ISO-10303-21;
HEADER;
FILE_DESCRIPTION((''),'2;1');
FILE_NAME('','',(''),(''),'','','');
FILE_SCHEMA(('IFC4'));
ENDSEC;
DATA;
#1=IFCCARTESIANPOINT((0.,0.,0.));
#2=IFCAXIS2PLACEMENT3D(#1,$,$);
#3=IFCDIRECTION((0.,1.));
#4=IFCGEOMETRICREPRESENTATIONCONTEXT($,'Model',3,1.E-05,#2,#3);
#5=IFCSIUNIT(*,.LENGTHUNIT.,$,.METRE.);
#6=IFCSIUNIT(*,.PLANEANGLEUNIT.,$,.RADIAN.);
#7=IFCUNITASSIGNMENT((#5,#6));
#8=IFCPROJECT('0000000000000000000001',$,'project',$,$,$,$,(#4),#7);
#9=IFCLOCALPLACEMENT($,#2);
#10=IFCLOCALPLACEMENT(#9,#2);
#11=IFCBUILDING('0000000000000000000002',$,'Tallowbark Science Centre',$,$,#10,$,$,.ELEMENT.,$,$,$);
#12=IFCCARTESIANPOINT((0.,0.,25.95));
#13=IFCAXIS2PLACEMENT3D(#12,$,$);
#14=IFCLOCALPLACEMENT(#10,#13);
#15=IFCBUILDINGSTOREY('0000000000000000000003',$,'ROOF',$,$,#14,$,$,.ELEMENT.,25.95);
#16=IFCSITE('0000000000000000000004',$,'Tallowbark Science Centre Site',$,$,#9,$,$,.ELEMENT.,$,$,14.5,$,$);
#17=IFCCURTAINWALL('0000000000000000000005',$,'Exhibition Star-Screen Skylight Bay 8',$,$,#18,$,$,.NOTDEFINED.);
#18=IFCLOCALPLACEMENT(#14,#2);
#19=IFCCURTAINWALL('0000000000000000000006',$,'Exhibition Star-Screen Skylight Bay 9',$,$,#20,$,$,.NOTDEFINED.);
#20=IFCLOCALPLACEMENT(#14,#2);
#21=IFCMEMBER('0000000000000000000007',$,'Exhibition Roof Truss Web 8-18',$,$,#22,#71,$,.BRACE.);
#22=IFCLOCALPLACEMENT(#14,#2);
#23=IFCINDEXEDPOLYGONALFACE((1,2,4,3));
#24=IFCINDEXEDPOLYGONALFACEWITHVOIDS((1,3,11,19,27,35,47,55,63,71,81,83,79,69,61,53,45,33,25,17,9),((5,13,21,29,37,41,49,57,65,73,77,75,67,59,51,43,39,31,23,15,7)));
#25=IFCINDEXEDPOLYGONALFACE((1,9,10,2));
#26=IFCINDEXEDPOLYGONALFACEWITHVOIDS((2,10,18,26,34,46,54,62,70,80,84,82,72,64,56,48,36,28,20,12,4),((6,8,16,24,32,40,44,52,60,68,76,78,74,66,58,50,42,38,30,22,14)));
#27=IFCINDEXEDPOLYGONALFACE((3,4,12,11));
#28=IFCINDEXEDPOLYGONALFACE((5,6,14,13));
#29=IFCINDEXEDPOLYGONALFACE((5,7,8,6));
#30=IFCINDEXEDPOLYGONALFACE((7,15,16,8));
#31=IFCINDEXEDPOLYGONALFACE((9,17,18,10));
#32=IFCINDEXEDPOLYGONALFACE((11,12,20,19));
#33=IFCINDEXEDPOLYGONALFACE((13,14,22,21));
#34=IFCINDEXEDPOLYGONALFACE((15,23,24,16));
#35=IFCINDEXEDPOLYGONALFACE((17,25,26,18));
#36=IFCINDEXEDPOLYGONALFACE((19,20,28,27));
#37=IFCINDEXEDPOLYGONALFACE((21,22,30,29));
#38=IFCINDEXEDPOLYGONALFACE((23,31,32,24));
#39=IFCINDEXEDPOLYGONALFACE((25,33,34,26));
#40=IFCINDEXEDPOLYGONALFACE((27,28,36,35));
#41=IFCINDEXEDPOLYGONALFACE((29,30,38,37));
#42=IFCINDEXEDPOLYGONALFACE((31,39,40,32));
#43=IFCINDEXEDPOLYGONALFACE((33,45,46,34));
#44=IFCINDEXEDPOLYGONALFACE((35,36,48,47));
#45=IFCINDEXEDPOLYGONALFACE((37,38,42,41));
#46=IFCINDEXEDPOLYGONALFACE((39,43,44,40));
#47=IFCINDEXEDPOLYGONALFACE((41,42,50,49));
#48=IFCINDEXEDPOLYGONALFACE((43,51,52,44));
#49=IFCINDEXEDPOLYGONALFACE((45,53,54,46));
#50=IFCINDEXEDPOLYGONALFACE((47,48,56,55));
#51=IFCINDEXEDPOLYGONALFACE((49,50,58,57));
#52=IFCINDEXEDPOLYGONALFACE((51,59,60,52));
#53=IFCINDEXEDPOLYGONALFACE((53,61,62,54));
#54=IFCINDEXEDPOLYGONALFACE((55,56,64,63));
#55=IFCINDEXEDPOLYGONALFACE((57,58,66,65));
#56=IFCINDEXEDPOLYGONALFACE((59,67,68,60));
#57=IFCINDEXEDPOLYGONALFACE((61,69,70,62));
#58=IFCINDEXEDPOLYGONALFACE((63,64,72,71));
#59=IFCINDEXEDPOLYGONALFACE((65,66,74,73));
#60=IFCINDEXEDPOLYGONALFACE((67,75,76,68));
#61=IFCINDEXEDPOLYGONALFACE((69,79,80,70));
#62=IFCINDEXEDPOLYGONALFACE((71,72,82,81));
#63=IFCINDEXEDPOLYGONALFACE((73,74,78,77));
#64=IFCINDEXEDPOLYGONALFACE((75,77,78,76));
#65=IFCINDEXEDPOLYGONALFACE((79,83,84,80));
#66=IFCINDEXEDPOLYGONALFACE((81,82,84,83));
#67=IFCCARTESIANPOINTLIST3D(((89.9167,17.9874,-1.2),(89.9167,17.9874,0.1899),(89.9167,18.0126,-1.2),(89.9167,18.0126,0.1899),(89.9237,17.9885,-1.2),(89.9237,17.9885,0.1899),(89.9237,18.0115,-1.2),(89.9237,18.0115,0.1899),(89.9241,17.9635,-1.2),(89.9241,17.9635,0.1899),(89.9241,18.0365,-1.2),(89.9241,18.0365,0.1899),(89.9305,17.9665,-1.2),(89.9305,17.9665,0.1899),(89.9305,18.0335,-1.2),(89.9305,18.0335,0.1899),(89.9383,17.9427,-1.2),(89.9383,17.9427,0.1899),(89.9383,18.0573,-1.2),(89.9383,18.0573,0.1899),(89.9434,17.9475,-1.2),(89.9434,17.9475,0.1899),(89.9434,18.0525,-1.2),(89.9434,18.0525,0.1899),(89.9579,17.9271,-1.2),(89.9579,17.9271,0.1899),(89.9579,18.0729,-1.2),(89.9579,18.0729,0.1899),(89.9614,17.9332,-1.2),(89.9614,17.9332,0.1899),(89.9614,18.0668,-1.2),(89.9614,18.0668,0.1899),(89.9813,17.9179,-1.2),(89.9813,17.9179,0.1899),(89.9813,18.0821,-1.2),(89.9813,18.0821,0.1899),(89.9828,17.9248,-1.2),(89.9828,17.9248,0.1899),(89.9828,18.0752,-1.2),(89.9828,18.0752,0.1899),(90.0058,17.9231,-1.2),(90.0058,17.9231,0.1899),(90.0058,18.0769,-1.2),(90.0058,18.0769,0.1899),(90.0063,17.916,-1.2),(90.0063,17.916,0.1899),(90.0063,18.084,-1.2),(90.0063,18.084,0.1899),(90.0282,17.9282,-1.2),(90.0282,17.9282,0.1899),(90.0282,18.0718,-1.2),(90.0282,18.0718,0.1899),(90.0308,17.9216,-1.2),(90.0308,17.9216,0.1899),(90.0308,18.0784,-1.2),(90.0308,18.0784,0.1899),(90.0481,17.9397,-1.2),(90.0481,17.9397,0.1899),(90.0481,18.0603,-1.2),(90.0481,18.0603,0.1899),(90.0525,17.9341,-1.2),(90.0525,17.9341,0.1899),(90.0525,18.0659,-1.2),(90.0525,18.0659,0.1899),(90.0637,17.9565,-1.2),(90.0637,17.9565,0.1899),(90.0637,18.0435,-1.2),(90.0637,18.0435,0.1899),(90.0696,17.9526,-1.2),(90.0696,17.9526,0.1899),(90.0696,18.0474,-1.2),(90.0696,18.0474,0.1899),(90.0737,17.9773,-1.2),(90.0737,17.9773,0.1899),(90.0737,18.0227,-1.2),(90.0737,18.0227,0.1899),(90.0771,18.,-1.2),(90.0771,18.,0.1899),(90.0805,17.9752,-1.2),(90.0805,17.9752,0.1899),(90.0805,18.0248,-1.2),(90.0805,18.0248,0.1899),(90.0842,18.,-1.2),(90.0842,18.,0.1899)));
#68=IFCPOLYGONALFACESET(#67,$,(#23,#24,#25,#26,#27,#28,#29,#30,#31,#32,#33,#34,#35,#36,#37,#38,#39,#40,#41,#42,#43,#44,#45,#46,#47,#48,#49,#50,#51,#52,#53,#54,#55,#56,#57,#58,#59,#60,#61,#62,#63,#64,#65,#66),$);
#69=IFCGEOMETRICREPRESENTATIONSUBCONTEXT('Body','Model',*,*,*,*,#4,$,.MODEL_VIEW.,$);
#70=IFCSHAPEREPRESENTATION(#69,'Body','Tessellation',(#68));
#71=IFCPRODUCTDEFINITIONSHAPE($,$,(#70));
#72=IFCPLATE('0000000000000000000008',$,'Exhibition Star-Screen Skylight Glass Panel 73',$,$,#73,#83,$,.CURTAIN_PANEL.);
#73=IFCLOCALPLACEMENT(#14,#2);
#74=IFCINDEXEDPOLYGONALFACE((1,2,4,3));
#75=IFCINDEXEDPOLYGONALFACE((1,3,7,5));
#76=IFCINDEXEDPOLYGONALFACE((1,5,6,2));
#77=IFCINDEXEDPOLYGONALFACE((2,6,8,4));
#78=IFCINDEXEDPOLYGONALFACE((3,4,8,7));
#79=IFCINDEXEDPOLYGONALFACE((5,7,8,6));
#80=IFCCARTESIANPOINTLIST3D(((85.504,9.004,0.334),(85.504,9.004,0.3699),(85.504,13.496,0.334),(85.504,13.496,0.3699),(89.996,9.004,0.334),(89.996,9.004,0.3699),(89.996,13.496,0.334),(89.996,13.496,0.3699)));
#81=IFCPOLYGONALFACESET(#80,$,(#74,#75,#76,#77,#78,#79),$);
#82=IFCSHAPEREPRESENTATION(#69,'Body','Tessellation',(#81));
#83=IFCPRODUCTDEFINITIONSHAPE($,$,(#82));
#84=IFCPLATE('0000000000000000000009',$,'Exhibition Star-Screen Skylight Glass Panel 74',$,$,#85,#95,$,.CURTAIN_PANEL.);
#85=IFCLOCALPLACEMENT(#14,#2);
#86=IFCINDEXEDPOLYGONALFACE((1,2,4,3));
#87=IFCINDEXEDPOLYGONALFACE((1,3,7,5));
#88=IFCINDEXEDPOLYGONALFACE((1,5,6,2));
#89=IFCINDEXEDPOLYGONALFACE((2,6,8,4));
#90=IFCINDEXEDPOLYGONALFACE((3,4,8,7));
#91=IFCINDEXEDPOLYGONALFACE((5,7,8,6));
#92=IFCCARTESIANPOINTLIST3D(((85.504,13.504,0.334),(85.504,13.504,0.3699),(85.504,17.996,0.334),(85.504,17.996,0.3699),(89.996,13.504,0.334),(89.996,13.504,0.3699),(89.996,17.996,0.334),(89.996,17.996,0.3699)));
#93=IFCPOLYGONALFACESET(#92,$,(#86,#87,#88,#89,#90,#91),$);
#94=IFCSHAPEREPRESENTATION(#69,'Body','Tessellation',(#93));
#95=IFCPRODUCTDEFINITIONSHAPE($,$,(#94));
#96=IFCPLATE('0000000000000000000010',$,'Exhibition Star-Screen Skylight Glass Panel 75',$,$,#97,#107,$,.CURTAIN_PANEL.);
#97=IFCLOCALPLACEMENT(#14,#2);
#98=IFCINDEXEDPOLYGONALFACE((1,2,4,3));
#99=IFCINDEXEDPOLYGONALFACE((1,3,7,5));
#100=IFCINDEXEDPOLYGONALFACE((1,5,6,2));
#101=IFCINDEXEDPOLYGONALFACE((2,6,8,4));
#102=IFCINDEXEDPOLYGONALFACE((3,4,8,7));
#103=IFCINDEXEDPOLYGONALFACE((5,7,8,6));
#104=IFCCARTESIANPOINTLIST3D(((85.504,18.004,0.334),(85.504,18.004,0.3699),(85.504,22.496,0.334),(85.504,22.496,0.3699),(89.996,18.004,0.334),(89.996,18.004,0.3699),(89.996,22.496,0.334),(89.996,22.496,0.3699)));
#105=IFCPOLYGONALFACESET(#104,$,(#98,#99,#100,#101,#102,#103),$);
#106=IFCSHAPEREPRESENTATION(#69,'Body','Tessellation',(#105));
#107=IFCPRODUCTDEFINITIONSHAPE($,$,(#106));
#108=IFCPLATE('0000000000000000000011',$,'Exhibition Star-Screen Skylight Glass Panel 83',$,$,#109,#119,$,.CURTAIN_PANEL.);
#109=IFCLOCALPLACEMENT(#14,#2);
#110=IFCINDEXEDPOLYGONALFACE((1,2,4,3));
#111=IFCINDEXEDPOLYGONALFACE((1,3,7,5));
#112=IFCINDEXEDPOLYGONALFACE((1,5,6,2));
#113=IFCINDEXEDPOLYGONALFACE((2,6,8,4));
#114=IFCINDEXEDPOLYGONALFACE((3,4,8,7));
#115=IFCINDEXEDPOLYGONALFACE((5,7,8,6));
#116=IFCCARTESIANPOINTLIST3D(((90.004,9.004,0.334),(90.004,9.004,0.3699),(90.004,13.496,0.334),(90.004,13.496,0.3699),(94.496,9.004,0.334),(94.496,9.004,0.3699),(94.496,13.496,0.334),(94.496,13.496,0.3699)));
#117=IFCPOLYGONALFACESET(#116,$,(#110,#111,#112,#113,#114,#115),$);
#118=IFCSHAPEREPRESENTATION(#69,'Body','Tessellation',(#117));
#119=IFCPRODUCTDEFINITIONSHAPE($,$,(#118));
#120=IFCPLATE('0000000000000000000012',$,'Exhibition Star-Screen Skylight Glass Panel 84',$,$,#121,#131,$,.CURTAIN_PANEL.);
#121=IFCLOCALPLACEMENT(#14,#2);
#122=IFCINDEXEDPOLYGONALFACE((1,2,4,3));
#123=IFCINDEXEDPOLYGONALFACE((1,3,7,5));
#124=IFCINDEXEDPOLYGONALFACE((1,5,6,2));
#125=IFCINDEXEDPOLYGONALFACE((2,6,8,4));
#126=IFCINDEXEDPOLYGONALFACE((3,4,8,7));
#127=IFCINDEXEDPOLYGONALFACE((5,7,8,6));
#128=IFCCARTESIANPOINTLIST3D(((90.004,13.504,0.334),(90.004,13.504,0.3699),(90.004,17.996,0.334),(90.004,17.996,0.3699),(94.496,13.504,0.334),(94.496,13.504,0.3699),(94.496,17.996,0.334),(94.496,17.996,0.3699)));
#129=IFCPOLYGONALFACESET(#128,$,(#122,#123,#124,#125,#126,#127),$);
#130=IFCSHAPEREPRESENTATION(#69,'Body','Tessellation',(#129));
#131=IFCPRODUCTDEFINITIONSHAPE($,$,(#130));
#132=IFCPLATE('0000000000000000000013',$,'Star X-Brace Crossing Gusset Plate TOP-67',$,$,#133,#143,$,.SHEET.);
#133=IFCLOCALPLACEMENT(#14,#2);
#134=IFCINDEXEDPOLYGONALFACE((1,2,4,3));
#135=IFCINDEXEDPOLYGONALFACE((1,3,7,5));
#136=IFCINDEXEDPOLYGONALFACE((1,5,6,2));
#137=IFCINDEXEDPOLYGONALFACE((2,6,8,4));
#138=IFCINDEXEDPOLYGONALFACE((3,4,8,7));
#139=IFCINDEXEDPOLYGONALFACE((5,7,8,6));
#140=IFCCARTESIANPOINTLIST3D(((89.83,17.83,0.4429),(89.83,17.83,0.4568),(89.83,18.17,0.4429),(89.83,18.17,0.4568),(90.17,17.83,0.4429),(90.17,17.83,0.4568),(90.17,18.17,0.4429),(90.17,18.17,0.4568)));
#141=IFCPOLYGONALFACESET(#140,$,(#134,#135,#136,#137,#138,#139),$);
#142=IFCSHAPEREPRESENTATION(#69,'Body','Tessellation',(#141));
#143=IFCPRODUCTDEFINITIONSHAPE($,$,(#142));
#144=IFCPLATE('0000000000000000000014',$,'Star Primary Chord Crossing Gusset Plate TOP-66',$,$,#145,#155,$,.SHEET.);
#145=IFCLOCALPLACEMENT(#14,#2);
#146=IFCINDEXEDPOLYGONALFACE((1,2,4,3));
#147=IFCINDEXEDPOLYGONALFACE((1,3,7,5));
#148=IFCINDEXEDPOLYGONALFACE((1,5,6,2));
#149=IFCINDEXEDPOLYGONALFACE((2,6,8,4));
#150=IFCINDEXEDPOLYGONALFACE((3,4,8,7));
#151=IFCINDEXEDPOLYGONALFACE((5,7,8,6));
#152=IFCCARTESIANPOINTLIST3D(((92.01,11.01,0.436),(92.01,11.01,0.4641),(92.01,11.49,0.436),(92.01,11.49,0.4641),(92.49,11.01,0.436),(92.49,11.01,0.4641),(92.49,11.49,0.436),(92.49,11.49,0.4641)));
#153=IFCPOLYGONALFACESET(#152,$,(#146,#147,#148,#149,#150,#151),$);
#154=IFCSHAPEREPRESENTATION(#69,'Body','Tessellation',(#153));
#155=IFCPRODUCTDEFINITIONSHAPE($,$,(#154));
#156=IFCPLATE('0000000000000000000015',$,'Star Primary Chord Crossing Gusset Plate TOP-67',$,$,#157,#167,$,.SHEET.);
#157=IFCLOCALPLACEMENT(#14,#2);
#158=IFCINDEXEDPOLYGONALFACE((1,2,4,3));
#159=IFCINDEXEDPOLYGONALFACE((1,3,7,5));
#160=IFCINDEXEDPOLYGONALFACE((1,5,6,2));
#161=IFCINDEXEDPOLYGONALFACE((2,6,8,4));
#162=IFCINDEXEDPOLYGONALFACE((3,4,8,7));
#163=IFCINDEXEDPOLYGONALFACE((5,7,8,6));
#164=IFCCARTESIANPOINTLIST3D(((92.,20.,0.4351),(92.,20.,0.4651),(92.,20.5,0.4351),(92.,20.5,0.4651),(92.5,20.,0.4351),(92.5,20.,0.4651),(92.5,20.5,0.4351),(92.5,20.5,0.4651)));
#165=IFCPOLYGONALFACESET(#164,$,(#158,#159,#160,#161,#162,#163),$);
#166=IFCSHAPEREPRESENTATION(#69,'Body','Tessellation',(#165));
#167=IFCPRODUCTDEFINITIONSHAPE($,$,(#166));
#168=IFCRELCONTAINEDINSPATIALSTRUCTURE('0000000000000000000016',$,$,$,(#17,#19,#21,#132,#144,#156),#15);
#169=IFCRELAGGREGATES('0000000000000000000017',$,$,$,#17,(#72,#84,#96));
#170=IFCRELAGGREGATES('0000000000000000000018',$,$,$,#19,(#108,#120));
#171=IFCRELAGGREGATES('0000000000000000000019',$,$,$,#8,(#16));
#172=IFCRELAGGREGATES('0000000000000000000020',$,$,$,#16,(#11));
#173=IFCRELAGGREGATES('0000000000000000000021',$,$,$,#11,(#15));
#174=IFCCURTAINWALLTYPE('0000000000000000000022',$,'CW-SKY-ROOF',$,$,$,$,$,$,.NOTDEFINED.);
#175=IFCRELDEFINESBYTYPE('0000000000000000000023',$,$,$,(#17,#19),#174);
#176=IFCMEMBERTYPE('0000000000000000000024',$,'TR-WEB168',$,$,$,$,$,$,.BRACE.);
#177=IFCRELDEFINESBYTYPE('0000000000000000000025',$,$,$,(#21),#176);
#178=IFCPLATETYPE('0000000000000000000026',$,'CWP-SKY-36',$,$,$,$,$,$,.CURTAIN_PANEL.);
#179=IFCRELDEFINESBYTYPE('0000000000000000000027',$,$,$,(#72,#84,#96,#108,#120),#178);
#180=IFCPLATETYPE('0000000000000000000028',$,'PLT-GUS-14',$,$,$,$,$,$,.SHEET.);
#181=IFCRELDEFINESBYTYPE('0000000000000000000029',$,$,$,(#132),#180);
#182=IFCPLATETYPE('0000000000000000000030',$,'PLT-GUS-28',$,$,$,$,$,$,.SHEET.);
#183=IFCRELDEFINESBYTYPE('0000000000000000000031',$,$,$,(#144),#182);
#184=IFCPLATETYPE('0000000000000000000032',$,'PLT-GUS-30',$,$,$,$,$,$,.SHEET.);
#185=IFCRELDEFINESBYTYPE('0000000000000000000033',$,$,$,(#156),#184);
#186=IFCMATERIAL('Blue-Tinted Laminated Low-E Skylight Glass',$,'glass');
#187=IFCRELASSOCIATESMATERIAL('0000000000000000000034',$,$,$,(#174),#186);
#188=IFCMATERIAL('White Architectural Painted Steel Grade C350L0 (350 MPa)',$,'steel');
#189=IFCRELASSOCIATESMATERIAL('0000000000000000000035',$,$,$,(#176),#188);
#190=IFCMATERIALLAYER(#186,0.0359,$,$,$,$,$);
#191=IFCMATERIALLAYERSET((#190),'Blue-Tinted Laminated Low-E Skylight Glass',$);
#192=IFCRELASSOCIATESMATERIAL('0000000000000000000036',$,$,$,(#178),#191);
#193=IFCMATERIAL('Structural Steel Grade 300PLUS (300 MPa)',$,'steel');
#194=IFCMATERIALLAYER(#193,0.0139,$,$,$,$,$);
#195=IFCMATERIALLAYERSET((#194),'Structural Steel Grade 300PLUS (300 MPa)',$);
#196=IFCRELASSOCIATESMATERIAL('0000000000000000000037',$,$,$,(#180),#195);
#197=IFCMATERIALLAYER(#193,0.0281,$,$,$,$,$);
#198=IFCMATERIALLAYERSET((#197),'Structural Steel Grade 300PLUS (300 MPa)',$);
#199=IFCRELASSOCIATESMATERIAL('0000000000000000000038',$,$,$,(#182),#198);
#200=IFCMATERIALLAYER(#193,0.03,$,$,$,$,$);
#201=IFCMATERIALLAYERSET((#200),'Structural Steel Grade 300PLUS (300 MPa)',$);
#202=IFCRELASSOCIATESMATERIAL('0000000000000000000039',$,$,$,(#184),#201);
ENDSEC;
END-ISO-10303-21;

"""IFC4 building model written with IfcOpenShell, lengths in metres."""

from ifc_helpers import new_model, si_unit, direction, frame, origin, origin_2d, place, context, subcontext, project, spatial, rectangle, hollow_circle, extrude, material, layer, layer_set, material_profile, profile_set, type_object, element, aggregate, save


model = new_model("IFC4")

# Units and contexts
model_context = context("Model", 3, precision=1e-05, world=origin(), true_north=direction((0.0, 1.0)))
body_context = subcontext(model_context, "Body", "Model", "MODEL_VIEW")
ifc_project = project(units=[si_unit("LENGTHUNIT", "METRE"), si_unit("PLANEANGLEUNIT", "RADIAN")], contexts=[model_context])

# Site, building, storey
site_placement = place(None, origin())
site = spatial("IfcSite", under=ifc_project, at=site_placement, Name="Tallowbark Science Centre Site", CompositionType="ELEMENT", RefElevation=14.5)
building_placement = place(site_placement, origin())
building = spatial("IfcBuilding", under=site, at=building_placement, Name="Tallowbark Science Centre", CompositionType="ELEMENT")
storey_placement = place(building_placement, frame((0.0, 0.0, 25.95)))
storey = spatial("IfcBuildingStorey", under=building, at=storey_placement, Name="ROOF", CompositionType="ELEMENT", Elevation=25.95)

# Curtain walls
ifc_material_1 = material(Name="Blue-Tinted Laminated Low-E Skylight Glass", Category="glass")
curtain_wall_type = type_object("IfcCurtainWallType", Name="CW-SKY-ROOF", PredefinedType="NOTDEFINED", material=ifc_material_1)
curtain_wall_1_placement = place(storey_placement, origin())
curtain_wall_1 = element("IfcCurtainWall", 1, at=curtain_wall_1_placement, inside=storey, type_object=curtain_wall_type, Name="Exhibition Star-Screen Skylight Bay 8", PredefinedType="NOTDEFINED")
curtain_wall_2_placement = place(storey_placement, origin())
curtain_wall_2 = element("IfcCurtainWall", 2, at=curtain_wall_2_placement, inside=storey, type_object=curtain_wall_type, Name="Exhibition Star-Screen Skylight Bay 9", PredefinedType="NOTDEFINED")

# Member
ifc_material_2 = material(Name="White Architectural Painted Steel Grade C350L0 (350 MPa)", Category="steel")
ifc_material_profile_1 = material_profile(ifc_material_2, hollow_circle(Radius=0.0842, WallThickness=0.0071, at=origin_2d()), Name="168.3x7.1CHS")
ifc_profile_set_1 = profile_set([ifc_material_profile_1], Name="White Architectural Painted Steel Grade C350L0 (350 MPa)")
member_type_1 = type_object("IfcMemberType", Name="TR-WEB168", PredefinedType="BRACE", material=ifc_profile_set_1)
for number, where, z_axis, x_axis, name in (
    (3, (90.0, 18.0, -1.2), (0.0, 0.0, 1.0), (1.0, 0.0, 0.0), "Exhibition Roof Truss Web 8-18"),
):
    element("IfcMember", number, at=place(storey_placement, frame(where, z_axis=z_axis, x_axis=x_axis)), inside=storey, type_object=member_type_1, Name=name, PredefinedType="BRACE", context=body_context, shape_type="SweptSolid", body=[
        extrude(hollow_circle(Radius=0.0842, WallThickness=0.0071, at=origin_2d()), origin(), (0.0, 0.0, 1.0), 1.3899),
    ])

# Plates
ifc_layer_1 = layer(ifc_material_1, 0.0359)
ifc_layer_set_1 = layer_set([ifc_layer_1], Name="Blue-Tinted Laminated Low-E Skylight Glass")
plate_type_1 = type_object("IfcPlateType", Name="CWP-SKY-36", PredefinedType="CURTAIN_PANEL", material=ifc_layer_set_1)
plate_1_placement = place(storey_placement, frame((87.75, 11.25, 0.334), z_axis=(0.0, 0.0, 1.0), x_axis=(1.0, 0.0, 0.0)))
plate_1 = element("IfcPlate", 4, at=plate_1_placement, type_object=plate_type_1, Name="Exhibition Star-Screen Skylight Glass Panel 73", PredefinedType="CURTAIN_PANEL", context=body_context, shape_type="SweptSolid", body=[
    extrude(rectangle(XDim=4.4919, YDim=4.4919, at=origin_2d()), origin(), (0.0, 0.0, 1.0), 0.0359),
])
plate_2_placement = place(storey_placement, frame((87.75, 15.75, 0.334), z_axis=(0.0, 0.0, 1.0), x_axis=(1.0, 0.0, 0.0)))
plate_2 = element("IfcPlate", 5, at=plate_2_placement, type_object=plate_type_1, Name="Exhibition Star-Screen Skylight Glass Panel 74", PredefinedType="CURTAIN_PANEL", context=body_context, shape_type="SweptSolid", body=[
    extrude(rectangle(XDim=4.4919, YDim=4.4919, at=origin_2d()), origin(), (0.0, 0.0, 1.0), 0.0359),
])
plate_3_placement = place(storey_placement, frame((87.75, 20.25, 0.334), z_axis=(0.0, 0.0, 1.0), x_axis=(1.0, 0.0, 0.0)))
plate_3 = element("IfcPlate", 6, at=plate_3_placement, type_object=plate_type_1, Name="Exhibition Star-Screen Skylight Glass Panel 75", PredefinedType="CURTAIN_PANEL", context=body_context, shape_type="SweptSolid", body=[
    extrude(rectangle(XDim=4.4919, YDim=4.4919, at=origin_2d()), origin(), (0.0, 0.0, 1.0), 0.0359),
])
aggregate(curtain_wall_1, [plate_1, plate_2, plate_3])
plate_4_placement = place(storey_placement, frame((92.25, 11.25, 0.334), z_axis=(0.0, 0.0, 1.0), x_axis=(1.0, 0.0, 0.0)))
plate_4 = element("IfcPlate", 7, at=plate_4_placement, type_object=plate_type_1, Name="Exhibition Star-Screen Skylight Glass Panel 83", PredefinedType="CURTAIN_PANEL", context=body_context, shape_type="SweptSolid", body=[
    extrude(rectangle(XDim=4.4919, YDim=4.4919, at=origin_2d()), origin(), (0.0, 0.0, 1.0), 0.0359),
])
plate_5_placement = place(storey_placement, frame((92.25, 15.75, 0.334), z_axis=(0.0, 0.0, 1.0), x_axis=(1.0, 0.0, 0.0)))
plate_5 = element("IfcPlate", 8, at=plate_5_placement, type_object=plate_type_1, Name="Exhibition Star-Screen Skylight Glass Panel 84", PredefinedType="CURTAIN_PANEL", context=body_context, shape_type="SweptSolid", body=[
    extrude(rectangle(XDim=4.4919, YDim=4.4919, at=origin_2d()), origin(), (0.0, 0.0, 1.0), 0.0359),
])
aggregate(curtain_wall_2, [plate_4, plate_5])

# Plates
ifc_material_3 = material(Name="Structural Steel Grade 300PLUS (300 MPa)", Category="steel")
ifc_layer_2 = layer(ifc_material_3, 0.0139)
ifc_layer_set_2 = layer_set([ifc_layer_2], Name="Structural Steel Grade 300PLUS (300 MPa)")
plate_type_2 = type_object("IfcPlateType", Name="PLT-GUS-14", PredefinedType="SHEET", material=ifc_layer_set_2)
plate_6_placement = place(storey_placement, frame((90.0, 18.0, 0.4429), z_axis=(0.0, 0.0, 1.0), x_axis=(1.0, 0.0, 0.0)))
element("IfcPlate", 9, at=plate_6_placement, inside=storey, type_object=plate_type_2, Name="Star X-Brace Crossing Gusset Plate TOP-67", PredefinedType="SHEET", context=body_context, shape_type="SweptSolid", body=[
    extrude(rectangle(XDim=0.3401, YDim=0.3401, at=origin_2d()), origin(), (0.0, 0.0, 1.0), 0.0139),
])
ifc_layer_3 = layer(ifc_material_3, 0.0281)
ifc_layer_set_3 = layer_set([ifc_layer_3], Name="Structural Steel Grade 300PLUS (300 MPa)")
plate_type_3 = type_object("IfcPlateType", Name="PLT-GUS-28", PredefinedType="SHEET", material=ifc_layer_set_3)
plate_7_placement = place(storey_placement, frame((92.25, 11.25, 0.436), z_axis=(0.0, 0.0, 1.0), x_axis=(1.0, 0.0, 0.0)))
element("IfcPlate", 10, at=plate_7_placement, inside=storey, type_object=plate_type_3, Name="Star Primary Chord Crossing Gusset Plate TOP-66", PredefinedType="SHEET", context=body_context, shape_type="SweptSolid", body=[
    extrude(rectangle(XDim=0.48, YDim=0.48, at=origin_2d()), origin(), (0.0, 0.0, 1.0), 0.0281),
])
ifc_layer_4 = layer(ifc_material_3, 0.03)
ifc_layer_set_4 = layer_set([ifc_layer_4], Name="Structural Steel Grade 300PLUS (300 MPa)")
plate_type_4 = type_object("IfcPlateType", Name="PLT-GUS-30", PredefinedType="SHEET", material=ifc_layer_set_4)
plate_8_placement = place(storey_placement, frame((92.25, 20.25, 0.4351), z_axis=(0.0, 0.0, 1.0), x_axis=(1.0, 0.0, 0.0)))
element("IfcPlate", 11, at=plate_8_placement, inside=storey, type_object=plate_type_4, Name="Star Primary Chord Crossing Gusset Plate TOP-67", PredefinedType="SHEET", context=body_context, shape_type="SweptSolid", body=[
    extrude(rectangle(XDim=0.5, YDim=0.5, at=origin_2d()), origin(), (0.0, 0.0, 1.0), 0.03),
])

save(model, "model.ifc")
